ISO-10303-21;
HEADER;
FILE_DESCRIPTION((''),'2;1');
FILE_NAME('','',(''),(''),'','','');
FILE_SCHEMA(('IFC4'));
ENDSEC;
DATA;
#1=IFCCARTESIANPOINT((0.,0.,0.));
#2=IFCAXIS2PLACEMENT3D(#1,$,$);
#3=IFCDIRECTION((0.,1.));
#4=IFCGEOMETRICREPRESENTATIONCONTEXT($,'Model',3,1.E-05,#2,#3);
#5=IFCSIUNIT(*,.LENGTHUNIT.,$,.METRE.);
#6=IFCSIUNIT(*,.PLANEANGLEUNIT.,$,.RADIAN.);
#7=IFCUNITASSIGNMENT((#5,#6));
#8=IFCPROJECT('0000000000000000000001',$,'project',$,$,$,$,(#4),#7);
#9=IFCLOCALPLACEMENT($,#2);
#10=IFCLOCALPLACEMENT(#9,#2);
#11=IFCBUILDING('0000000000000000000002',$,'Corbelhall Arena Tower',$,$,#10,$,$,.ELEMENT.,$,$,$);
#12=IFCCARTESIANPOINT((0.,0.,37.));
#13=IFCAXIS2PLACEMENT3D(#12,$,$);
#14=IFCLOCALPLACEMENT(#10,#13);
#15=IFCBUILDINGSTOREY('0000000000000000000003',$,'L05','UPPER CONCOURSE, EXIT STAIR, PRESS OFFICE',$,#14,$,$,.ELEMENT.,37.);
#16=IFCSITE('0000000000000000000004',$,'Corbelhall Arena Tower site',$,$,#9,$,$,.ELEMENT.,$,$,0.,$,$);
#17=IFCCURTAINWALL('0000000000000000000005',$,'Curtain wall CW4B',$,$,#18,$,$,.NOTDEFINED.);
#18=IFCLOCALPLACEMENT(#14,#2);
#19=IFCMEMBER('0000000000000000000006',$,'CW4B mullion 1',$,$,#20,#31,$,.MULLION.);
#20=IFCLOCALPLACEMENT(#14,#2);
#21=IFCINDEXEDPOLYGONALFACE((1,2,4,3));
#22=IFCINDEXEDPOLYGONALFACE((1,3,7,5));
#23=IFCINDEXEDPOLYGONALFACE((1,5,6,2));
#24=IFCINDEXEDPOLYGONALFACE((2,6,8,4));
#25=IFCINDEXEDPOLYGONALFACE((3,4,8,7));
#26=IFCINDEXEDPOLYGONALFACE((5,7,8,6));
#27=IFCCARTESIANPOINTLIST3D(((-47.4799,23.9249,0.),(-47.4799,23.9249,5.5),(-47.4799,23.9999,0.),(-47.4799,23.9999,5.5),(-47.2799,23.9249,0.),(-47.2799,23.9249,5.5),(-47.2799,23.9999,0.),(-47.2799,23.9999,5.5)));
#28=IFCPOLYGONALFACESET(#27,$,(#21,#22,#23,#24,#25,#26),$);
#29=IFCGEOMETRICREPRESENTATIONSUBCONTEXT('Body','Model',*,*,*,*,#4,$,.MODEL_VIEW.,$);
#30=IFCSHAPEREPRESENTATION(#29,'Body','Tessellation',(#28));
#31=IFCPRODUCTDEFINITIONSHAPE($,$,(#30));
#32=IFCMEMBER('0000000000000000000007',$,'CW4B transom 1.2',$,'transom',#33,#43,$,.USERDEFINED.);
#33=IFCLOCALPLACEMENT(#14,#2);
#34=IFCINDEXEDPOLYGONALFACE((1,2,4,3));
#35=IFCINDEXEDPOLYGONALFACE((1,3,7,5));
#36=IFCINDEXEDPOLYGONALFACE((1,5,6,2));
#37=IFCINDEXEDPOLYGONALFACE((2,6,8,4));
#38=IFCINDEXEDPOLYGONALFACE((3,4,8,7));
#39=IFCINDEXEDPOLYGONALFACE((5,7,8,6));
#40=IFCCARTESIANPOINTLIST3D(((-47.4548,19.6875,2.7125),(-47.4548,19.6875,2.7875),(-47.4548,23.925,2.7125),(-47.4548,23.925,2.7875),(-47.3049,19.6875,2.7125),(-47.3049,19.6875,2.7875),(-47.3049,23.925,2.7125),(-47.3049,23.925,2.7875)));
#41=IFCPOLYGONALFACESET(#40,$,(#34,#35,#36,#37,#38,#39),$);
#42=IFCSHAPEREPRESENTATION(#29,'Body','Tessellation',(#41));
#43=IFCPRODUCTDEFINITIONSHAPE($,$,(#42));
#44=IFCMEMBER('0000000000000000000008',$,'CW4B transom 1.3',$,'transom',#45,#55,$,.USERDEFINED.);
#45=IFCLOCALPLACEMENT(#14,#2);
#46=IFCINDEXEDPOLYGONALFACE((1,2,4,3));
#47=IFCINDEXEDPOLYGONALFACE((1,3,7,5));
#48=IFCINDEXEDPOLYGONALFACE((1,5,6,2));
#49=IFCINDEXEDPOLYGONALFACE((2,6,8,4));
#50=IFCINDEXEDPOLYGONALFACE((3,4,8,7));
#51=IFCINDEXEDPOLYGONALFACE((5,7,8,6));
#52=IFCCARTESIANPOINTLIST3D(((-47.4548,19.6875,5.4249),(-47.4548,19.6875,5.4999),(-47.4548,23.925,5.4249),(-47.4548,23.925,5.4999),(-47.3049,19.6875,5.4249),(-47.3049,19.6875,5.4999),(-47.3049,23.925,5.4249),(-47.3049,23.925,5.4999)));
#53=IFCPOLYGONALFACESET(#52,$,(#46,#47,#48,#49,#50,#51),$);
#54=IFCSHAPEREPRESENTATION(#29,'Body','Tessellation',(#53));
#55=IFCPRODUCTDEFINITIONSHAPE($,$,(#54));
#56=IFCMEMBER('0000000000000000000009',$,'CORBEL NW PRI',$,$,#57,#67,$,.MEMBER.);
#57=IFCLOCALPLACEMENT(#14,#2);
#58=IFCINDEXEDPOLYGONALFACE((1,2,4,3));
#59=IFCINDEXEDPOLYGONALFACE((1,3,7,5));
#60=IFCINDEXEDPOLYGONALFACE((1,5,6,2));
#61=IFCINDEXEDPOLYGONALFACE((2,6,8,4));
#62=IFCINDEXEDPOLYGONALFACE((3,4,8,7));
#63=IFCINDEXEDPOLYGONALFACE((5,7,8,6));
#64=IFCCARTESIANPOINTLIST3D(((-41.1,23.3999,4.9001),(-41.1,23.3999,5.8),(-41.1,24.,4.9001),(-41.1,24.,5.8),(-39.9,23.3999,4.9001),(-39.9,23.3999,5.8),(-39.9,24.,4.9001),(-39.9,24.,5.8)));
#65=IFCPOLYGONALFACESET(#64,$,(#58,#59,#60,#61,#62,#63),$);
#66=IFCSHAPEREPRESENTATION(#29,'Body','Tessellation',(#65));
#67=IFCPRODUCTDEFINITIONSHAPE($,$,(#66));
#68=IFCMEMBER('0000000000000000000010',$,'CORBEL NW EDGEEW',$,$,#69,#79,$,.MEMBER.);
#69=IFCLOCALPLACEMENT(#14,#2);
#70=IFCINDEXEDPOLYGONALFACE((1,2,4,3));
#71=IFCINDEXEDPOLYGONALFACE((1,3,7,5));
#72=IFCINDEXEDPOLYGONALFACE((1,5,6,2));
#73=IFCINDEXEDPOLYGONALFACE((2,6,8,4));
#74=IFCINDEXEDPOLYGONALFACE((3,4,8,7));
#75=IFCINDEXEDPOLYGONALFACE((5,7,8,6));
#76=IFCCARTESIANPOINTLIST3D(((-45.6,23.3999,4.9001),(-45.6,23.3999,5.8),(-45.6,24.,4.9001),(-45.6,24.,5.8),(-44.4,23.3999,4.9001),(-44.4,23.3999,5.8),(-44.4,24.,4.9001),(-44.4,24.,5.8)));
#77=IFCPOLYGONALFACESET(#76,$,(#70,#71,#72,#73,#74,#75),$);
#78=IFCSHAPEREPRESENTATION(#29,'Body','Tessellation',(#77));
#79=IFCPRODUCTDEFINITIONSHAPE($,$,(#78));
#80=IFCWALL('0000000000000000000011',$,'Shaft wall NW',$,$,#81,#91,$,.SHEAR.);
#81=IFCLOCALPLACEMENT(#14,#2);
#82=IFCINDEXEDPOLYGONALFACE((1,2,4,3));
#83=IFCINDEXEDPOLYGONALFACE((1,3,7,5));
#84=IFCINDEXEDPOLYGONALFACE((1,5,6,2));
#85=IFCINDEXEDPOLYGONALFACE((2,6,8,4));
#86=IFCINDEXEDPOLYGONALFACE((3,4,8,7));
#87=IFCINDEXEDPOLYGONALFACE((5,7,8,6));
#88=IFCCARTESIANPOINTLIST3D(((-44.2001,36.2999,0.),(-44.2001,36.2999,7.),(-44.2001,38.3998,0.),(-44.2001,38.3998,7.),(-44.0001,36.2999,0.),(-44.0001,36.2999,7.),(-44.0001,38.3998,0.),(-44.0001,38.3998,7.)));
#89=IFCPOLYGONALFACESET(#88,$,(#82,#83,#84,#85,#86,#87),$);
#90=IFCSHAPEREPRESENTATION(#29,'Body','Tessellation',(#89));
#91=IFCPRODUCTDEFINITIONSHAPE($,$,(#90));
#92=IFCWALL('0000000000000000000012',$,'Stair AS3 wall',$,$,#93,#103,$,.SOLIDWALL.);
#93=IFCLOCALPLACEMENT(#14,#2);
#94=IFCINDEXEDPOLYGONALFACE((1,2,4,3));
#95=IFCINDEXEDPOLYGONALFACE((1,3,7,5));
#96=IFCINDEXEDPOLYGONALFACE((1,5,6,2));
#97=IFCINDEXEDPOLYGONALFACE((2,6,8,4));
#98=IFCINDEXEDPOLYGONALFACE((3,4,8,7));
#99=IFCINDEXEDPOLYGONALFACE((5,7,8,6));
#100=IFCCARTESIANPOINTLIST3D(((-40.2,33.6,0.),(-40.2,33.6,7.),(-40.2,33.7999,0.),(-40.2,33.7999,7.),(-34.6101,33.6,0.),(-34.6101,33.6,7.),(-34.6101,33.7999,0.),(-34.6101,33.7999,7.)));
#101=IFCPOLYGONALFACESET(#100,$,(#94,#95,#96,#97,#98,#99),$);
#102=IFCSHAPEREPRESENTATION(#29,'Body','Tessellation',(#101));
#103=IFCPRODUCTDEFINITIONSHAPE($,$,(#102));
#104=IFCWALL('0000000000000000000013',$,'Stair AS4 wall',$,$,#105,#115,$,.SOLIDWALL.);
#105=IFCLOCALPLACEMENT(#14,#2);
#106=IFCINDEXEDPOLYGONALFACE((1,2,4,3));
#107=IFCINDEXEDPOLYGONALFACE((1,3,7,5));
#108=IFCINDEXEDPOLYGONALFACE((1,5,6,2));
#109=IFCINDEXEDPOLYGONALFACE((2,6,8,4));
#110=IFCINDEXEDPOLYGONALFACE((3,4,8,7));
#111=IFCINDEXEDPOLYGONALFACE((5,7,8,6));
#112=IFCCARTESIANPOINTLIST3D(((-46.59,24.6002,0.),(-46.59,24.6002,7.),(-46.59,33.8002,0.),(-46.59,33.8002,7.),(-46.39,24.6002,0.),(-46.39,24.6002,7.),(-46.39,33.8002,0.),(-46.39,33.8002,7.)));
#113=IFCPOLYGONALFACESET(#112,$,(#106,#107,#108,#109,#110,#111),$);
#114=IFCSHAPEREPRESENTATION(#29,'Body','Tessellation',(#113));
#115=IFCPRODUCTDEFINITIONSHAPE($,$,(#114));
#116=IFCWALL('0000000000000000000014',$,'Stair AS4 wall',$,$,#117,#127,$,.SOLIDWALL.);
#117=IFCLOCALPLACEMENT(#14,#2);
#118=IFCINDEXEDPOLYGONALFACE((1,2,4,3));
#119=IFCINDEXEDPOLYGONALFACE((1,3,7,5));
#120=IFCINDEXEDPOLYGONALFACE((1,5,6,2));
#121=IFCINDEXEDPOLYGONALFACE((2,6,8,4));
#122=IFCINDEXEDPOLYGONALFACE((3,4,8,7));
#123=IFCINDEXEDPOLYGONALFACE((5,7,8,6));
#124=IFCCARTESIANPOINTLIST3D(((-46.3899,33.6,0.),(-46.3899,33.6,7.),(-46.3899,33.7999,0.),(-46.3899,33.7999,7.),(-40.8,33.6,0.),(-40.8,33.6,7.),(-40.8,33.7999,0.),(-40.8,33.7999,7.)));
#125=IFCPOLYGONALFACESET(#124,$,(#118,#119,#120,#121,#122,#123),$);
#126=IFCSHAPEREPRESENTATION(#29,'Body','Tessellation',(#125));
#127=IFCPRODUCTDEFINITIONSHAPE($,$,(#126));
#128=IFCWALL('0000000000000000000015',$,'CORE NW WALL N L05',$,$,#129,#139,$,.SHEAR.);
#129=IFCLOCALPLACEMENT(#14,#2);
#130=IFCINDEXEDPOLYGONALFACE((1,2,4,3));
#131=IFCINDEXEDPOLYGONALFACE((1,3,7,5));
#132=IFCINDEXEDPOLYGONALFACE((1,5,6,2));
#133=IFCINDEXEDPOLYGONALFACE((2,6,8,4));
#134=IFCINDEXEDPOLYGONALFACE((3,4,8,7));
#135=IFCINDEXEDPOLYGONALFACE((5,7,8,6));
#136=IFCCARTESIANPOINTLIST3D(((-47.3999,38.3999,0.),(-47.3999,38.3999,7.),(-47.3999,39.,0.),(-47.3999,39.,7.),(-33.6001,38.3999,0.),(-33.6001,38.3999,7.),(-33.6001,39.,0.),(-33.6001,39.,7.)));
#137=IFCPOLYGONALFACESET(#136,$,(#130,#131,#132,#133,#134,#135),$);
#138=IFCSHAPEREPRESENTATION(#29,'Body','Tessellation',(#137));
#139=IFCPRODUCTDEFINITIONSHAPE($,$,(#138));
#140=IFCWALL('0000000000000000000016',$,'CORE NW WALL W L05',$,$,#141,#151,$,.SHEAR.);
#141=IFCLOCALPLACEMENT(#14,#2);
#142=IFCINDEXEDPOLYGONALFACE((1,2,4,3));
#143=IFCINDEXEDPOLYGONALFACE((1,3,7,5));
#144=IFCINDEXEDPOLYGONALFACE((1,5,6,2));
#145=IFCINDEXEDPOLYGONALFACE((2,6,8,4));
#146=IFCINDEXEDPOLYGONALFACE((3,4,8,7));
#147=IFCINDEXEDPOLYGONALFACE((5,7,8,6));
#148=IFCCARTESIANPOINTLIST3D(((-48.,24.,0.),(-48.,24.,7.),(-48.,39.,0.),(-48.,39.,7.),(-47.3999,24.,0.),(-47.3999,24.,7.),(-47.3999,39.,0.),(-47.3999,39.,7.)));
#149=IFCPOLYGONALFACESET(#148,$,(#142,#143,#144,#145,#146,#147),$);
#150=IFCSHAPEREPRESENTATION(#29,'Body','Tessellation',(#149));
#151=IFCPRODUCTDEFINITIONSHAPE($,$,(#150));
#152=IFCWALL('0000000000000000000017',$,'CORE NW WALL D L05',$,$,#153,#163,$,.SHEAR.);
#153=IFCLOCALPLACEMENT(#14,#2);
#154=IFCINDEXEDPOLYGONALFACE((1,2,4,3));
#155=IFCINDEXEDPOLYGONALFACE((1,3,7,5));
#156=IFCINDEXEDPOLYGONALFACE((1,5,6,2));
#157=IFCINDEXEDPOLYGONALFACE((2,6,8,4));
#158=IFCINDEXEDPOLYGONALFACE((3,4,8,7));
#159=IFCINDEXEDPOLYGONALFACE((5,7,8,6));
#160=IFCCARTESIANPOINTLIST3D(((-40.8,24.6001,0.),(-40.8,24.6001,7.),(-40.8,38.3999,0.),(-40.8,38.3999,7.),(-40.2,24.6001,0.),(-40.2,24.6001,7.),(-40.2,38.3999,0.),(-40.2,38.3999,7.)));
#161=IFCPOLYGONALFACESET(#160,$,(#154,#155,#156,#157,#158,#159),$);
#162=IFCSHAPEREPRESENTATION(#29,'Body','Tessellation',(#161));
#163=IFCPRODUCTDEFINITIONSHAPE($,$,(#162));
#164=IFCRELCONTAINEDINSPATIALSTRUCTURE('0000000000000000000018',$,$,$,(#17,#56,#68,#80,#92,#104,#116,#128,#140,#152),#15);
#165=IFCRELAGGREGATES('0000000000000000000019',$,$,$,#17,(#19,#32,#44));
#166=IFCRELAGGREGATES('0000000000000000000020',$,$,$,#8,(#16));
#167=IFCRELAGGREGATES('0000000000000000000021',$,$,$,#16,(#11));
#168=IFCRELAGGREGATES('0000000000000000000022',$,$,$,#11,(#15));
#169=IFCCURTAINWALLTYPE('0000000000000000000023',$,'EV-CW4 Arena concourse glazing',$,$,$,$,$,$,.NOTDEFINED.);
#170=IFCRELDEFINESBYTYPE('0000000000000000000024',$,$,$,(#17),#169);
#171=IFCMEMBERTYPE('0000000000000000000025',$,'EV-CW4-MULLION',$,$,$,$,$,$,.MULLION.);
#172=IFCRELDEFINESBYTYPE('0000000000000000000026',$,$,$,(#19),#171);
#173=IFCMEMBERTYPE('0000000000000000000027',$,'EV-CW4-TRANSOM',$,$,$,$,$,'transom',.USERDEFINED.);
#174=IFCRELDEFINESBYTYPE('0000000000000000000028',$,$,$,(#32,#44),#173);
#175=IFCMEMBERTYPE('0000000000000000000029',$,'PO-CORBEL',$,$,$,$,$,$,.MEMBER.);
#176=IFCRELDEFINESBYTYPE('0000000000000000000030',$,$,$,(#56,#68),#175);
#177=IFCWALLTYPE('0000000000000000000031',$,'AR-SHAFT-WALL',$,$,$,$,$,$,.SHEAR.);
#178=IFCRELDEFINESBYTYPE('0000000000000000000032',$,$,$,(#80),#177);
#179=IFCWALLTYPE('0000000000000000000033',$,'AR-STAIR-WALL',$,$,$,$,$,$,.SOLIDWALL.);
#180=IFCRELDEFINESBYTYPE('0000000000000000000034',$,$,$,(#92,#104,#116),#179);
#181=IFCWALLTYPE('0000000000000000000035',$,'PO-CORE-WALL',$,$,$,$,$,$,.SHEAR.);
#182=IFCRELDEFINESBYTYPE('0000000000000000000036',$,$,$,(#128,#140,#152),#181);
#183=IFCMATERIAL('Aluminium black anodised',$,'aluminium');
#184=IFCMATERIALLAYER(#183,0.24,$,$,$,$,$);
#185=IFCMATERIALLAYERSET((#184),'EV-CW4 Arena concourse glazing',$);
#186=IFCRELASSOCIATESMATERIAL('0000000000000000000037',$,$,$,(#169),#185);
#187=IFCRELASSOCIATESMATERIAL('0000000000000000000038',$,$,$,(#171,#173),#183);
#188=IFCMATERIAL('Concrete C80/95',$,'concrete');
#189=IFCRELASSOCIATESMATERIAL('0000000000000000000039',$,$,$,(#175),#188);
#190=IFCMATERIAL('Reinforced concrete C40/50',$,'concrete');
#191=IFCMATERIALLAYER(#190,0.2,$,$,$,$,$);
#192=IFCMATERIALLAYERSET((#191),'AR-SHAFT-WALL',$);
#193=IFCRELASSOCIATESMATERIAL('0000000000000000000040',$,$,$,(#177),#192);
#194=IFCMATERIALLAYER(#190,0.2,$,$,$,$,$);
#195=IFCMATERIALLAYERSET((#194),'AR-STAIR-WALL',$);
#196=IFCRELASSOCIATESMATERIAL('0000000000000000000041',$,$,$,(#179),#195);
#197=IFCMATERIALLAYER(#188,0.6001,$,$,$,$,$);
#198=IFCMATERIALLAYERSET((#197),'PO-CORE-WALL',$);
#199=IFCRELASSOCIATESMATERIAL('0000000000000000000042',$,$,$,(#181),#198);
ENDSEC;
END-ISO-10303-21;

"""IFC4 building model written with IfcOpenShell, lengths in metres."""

from ifc_helpers import new_model, si_unit, direction, frame, frame_2d, origin, origin_2d, place, context, subcontext, project, spatial, rectangle, extrude, material, layer, layer_set, material_profile, profile_set, type_object, element, aggregate, save


model = new_model("IFC4")

# Units and contexts
model_context = context("Model", 3, precision=1e-05, world=origin(), true_north=direction((0.0, 1.0)))
body_context = subcontext(model_context, "Body", "Model", "MODEL_VIEW")
ifc_project = project(units=[si_unit("LENGTHUNIT", "METRE"), si_unit("PLANEANGLEUNIT", "RADIAN")], contexts=[model_context])

# Site, building, storey
site_placement = place(None, origin())
site = spatial("IfcSite", under=ifc_project, at=site_placement, Name="Corbelhall Arena Tower site", CompositionType="ELEMENT", RefElevation=0.0)
building_placement = place(site_placement, origin())
building = spatial("IfcBuilding", under=site, at=building_placement, Name="Corbelhall Arena Tower", CompositionType="ELEMENT")
storey_placement = place(building_placement, frame((0.0, 0.0, 37.0)))
storey = spatial("IfcBuildingStorey", under=building, at=storey_placement, Name="L05", Description="UPPER CONCOURSE, EXIT STAIR, PRESS OFFICE", CompositionType="ELEMENT", Elevation=37.0)

# Curtain wall, members
ifc_material_1 = material(Name="Aluminium black anodised", Category="aluminium")
ifc_layer_1 = layer(ifc_material_1, 0.24)
ifc_layer_set_1 = layer_set([ifc_layer_1], Name="EV-CW4 Arena concourse glazing")
curtain_wall_type = type_object("IfcCurtainWallType", Name="EV-CW4 Arena concourse glazing", PredefinedType="NOTDEFINED", material=ifc_layer_set_1)
curtain_wall_placement = place(storey_placement, origin())
curtain_wall = element("IfcCurtainWall", 1, at=curtain_wall_placement, inside=storey, type_object=curtain_wall_type, Name="Curtain wall CW4B", PredefinedType="NOTDEFINED")
ifc_material_profile_1 = material_profile(ifc_material_1, rectangle(XDim=0.2, YDim=0.075, at=origin_2d()))
ifc_profile_set_1 = profile_set([ifc_material_profile_1], Name="Aluminium black anodised")
member_type_1 = type_object("IfcMemberType", Name="EV-CW4-MULLION", PredefinedType="MULLION", material=ifc_profile_set_1)
member_1_placement = place(storey_placement, frame((-47.3799, 23.9624, 0.0), z_axis=(0.0, 0.0, 1.0), x_axis=(1.0, 0.0, 0.0)))
member_1 = element("IfcMember", 2, at=member_1_placement, type_object=member_type_1, Name="CW4B mullion 1", PredefinedType="MULLION", context=body_context, shape_type="SweptSolid", body=[
    extrude(rectangle(XDim=0.2, YDim=0.075, at=origin_2d()), origin(), (0.0, 0.0, 1.0), 5.5),
])
ifc_material_profile_2 = material_profile(ifc_material_1, rectangle(XDim=0.1499, YDim=0.075, at=origin_2d()))
ifc_profile_set_2 = profile_set([ifc_material_profile_2], Name="Aluminium black anodised")
member_type_2 = type_object("IfcMemberType", Name="EV-CW4-TRANSOM", ElementType="transom", PredefinedType="USERDEFINED", material=ifc_profile_set_2)
member_2_placement = place(storey_placement, frame((-47.3799, 23.925, 2.75), z_axis=(0.0, -1.0, 0.0), x_axis=(1.0, 0.0, 0.0)))
member_2 = element("IfcMember", 3, at=member_2_placement, type_object=member_type_2, Name="CW4B transom 1.2", ObjectType="transom", PredefinedType="USERDEFINED", context=body_context, shape_type="SweptSolid", body=[
    extrude(rectangle(XDim=0.1499, YDim=0.075, at=origin_2d()), origin(), (0.0, 0.0, 1.0), 4.2375),
])
member_3_placement = place(storey_placement, frame((-47.3799, 23.925, 5.4624), z_axis=(0.0, -1.0, 0.0), x_axis=(1.0, 0.0, 0.0)))
member_3 = element("IfcMember", 4, at=member_3_placement, type_object=member_type_2, Name="CW4B transom 1.3", ObjectType="transom", PredefinedType="USERDEFINED", context=body_context, shape_type="SweptSolid", body=[
    extrude(rectangle(XDim=0.1499, YDim=0.075, at=origin_2d()), origin(), (0.0, 0.0, 1.0), 4.2375),
])
aggregate(curtain_wall, [member_1, member_2, member_3])

# Members
ifc_material_2 = material(Name="Concrete C80/95", Category="concrete")
ifc_material_profile_3 = material_profile(ifc_material_2, rectangle(XDim=1.2, YDim=0.8999, at=origin_2d()))
ifc_profile_set_3 = profile_set([ifc_material_profile_3], Name="Concrete C80/95")
member_type_3 = type_object("IfcMemberType", Name="PO-CORBEL", PredefinedType="MEMBER", material=ifc_profile_set_3)
for number, where, z_axis, x_axis, name in (
    (5, (-40.5, 24.0, 5.3501), (0.0, -1.0, 0.0), (1.0, 0.0, 0.0), "CORBEL NW PRI"),
    (6, (-45.0, 24.0, 5.3501), (0.0, -1.0, 0.0), (1.0, 0.0, 0.0), "CORBEL NW EDGEEW"),
):
    element("IfcMember", number, at=place(storey_placement, frame(where, z_axis=z_axis, x_axis=x_axis)), inside=storey, type_object=member_type_3, Name=name, PredefinedType="MEMBER", context=body_context, shape_type="SweptSolid", body=[
        extrude(rectangle(XDim=1.2, YDim=0.8999, at=origin_2d()), origin(), (0.0, 0.0, 1.0), 0.6001),
    ])

# Shared definitions
ifc_material_3 = material(Name="Reinforced concrete C40/50", Category="concrete")
ifc_layer_2 = layer(ifc_material_3, 0.2)
ifc_layer_set_2 = layer_set([ifc_layer_2], Name="AR-SHAFT-WALL")
wall_type_1 = type_object("IfcWallType", Name="AR-SHAFT-WALL", PredefinedType="SHEAR", material=ifc_layer_set_2)

# Walls
wall_1_placement = place(storey_placement, frame((-44.1001, 36.3, 0.0), z_axis=(0.0, 0.0, 1.0), x_axis=(0.0, 1.0, 0.0)))
element("IfcWall", 7, at=wall_1_placement, inside=storey, type_object=wall_type_1, Name="Shaft wall NW", PredefinedType="SHEAR", context=body_context, shape_type="SweptSolid", body=[
    extrude(rectangle(XDim=2.0999, YDim=0.2, at=frame_2d((1.0498, 0.0))), origin(), (0.0, 0.0, 1.0), 7.0),
])
ifc_layer_3 = layer(ifc_material_3, 0.2)
ifc_layer_set_3 = layer_set([ifc_layer_3], Name="AR-STAIR-WALL")
wall_type_2 = type_object("IfcWallType", Name="AR-STAIR-WALL", PredefinedType="SOLIDWALL", material=ifc_layer_set_3)
wall_2_placement = place(storey_placement, frame((-40.2, 33.7, 0.0), z_axis=(0.0, 0.0, 1.0), x_axis=(1.0, 0.0, 0.0)))
element("IfcWall", 8, at=wall_2_placement, inside=storey, type_object=wall_type_2, Name="Stair AS3 wall", PredefinedType="SOLIDWALL", context=body_context, shape_type="SweptSolid", body=[
    extrude(rectangle(XDim=5.5898, YDim=0.2, at=frame_2d((2.7949, 0.0))), origin(), (0.0, 0.0, 1.0), 7.0),
])
wall_3_placement = place(storey_placement, frame((-46.49, 24.6001, 0.0), z_axis=(0.0, 0.0, 1.0), x_axis=(0.0, 1.0, 0.0)))
element("IfcWall", 9, at=wall_3_placement, inside=storey, type_object=wall_type_2, Name="Stair AS4 wall", PredefinedType="SOLIDWALL", context=body_context, shape_type="SweptSolid", body=[
    extrude(rectangle(XDim=9.2, YDim=0.2, at=frame_2d((4.6001, 0.0))), origin(), (0.0, 0.0, 1.0), 7.0),
])
wall_4_placement = place(storey_placement, frame((-46.3899, 33.7, 0.0), z_axis=(0.0, 0.0, 1.0), x_axis=(1.0, 0.0, 0.0)))
element("IfcWall", 10, at=wall_4_placement, inside=storey, type_object=wall_type_2, Name="Stair AS4 wall", PredefinedType="SOLIDWALL", context=body_context, shape_type="SweptSolid", body=[
    extrude(rectangle(XDim=5.5898, YDim=0.2, at=frame_2d((2.7949, 0.0))), origin(), (0.0, 0.0, 1.0), 7.0),
])
ifc_layer_4 = layer(ifc_material_2, 0.6001)
ifc_layer_set_4 = layer_set([ifc_layer_4], Name="PO-CORE-WALL")
wall_type_3 = type_object("IfcWallType", Name="PO-CORE-WALL", PredefinedType="SHEAR", material=ifc_layer_set_4)
wall_5_placement = place(storey_placement, frame((-47.3999, 38.7, 0.0), z_axis=(0.0, 0.0, 1.0), x_axis=(1.0, 0.0, 0.0)))
element("IfcWall", 11, at=wall_5_placement, inside=storey, type_object=wall_type_3, Name="CORE NW WALL N L05", PredefinedType="SHEAR", context=body_context, shape_type="SweptSolid", body=[
    extrude(rectangle(XDim=13.7998, YDim=0.6001, at=frame_2d((6.8999, 0.0))), origin(), (0.0, 0.0, 1.0), 7.0),
])

# Walls
wall_6_placement = place(storey_placement, frame((-47.7, 24.0, 0.0), z_axis=(0.0, 0.0, 1.0), x_axis=(0.0, 1.0, 0.0)))
element("IfcWall", 12, at=wall_6_placement, inside=storey, type_object=wall_type_3, Name="CORE NW WALL W L05", PredefinedType="SHEAR", context=body_context, shape_type="SweptSolid", body=[
    extrude(rectangle(XDim=15.0, YDim=0.6001, at=frame_2d((7.5, 0.0))), origin(), (0.0, 0.0, 1.0), 7.0),
])
wall_7_placement = place(storey_placement, frame((-40.5, 24.6001, 0.0), z_axis=(0.0, 0.0, 1.0), x_axis=(0.0, 1.0, 0.0)))
element("IfcWall", 13, at=wall_7_placement, inside=storey, type_object=wall_type_3, Name="CORE NW WALL D L05", PredefinedType="SHEAR", context=body_context, shape_type="SweptSolid", body=[
    extrude(rectangle(XDim=13.7998, YDim=0.6001, at=frame_2d((6.8999, 0.0))), origin(), (0.0, 0.0, 1.0), 7.0),
])

save(model, "model.ifc")
